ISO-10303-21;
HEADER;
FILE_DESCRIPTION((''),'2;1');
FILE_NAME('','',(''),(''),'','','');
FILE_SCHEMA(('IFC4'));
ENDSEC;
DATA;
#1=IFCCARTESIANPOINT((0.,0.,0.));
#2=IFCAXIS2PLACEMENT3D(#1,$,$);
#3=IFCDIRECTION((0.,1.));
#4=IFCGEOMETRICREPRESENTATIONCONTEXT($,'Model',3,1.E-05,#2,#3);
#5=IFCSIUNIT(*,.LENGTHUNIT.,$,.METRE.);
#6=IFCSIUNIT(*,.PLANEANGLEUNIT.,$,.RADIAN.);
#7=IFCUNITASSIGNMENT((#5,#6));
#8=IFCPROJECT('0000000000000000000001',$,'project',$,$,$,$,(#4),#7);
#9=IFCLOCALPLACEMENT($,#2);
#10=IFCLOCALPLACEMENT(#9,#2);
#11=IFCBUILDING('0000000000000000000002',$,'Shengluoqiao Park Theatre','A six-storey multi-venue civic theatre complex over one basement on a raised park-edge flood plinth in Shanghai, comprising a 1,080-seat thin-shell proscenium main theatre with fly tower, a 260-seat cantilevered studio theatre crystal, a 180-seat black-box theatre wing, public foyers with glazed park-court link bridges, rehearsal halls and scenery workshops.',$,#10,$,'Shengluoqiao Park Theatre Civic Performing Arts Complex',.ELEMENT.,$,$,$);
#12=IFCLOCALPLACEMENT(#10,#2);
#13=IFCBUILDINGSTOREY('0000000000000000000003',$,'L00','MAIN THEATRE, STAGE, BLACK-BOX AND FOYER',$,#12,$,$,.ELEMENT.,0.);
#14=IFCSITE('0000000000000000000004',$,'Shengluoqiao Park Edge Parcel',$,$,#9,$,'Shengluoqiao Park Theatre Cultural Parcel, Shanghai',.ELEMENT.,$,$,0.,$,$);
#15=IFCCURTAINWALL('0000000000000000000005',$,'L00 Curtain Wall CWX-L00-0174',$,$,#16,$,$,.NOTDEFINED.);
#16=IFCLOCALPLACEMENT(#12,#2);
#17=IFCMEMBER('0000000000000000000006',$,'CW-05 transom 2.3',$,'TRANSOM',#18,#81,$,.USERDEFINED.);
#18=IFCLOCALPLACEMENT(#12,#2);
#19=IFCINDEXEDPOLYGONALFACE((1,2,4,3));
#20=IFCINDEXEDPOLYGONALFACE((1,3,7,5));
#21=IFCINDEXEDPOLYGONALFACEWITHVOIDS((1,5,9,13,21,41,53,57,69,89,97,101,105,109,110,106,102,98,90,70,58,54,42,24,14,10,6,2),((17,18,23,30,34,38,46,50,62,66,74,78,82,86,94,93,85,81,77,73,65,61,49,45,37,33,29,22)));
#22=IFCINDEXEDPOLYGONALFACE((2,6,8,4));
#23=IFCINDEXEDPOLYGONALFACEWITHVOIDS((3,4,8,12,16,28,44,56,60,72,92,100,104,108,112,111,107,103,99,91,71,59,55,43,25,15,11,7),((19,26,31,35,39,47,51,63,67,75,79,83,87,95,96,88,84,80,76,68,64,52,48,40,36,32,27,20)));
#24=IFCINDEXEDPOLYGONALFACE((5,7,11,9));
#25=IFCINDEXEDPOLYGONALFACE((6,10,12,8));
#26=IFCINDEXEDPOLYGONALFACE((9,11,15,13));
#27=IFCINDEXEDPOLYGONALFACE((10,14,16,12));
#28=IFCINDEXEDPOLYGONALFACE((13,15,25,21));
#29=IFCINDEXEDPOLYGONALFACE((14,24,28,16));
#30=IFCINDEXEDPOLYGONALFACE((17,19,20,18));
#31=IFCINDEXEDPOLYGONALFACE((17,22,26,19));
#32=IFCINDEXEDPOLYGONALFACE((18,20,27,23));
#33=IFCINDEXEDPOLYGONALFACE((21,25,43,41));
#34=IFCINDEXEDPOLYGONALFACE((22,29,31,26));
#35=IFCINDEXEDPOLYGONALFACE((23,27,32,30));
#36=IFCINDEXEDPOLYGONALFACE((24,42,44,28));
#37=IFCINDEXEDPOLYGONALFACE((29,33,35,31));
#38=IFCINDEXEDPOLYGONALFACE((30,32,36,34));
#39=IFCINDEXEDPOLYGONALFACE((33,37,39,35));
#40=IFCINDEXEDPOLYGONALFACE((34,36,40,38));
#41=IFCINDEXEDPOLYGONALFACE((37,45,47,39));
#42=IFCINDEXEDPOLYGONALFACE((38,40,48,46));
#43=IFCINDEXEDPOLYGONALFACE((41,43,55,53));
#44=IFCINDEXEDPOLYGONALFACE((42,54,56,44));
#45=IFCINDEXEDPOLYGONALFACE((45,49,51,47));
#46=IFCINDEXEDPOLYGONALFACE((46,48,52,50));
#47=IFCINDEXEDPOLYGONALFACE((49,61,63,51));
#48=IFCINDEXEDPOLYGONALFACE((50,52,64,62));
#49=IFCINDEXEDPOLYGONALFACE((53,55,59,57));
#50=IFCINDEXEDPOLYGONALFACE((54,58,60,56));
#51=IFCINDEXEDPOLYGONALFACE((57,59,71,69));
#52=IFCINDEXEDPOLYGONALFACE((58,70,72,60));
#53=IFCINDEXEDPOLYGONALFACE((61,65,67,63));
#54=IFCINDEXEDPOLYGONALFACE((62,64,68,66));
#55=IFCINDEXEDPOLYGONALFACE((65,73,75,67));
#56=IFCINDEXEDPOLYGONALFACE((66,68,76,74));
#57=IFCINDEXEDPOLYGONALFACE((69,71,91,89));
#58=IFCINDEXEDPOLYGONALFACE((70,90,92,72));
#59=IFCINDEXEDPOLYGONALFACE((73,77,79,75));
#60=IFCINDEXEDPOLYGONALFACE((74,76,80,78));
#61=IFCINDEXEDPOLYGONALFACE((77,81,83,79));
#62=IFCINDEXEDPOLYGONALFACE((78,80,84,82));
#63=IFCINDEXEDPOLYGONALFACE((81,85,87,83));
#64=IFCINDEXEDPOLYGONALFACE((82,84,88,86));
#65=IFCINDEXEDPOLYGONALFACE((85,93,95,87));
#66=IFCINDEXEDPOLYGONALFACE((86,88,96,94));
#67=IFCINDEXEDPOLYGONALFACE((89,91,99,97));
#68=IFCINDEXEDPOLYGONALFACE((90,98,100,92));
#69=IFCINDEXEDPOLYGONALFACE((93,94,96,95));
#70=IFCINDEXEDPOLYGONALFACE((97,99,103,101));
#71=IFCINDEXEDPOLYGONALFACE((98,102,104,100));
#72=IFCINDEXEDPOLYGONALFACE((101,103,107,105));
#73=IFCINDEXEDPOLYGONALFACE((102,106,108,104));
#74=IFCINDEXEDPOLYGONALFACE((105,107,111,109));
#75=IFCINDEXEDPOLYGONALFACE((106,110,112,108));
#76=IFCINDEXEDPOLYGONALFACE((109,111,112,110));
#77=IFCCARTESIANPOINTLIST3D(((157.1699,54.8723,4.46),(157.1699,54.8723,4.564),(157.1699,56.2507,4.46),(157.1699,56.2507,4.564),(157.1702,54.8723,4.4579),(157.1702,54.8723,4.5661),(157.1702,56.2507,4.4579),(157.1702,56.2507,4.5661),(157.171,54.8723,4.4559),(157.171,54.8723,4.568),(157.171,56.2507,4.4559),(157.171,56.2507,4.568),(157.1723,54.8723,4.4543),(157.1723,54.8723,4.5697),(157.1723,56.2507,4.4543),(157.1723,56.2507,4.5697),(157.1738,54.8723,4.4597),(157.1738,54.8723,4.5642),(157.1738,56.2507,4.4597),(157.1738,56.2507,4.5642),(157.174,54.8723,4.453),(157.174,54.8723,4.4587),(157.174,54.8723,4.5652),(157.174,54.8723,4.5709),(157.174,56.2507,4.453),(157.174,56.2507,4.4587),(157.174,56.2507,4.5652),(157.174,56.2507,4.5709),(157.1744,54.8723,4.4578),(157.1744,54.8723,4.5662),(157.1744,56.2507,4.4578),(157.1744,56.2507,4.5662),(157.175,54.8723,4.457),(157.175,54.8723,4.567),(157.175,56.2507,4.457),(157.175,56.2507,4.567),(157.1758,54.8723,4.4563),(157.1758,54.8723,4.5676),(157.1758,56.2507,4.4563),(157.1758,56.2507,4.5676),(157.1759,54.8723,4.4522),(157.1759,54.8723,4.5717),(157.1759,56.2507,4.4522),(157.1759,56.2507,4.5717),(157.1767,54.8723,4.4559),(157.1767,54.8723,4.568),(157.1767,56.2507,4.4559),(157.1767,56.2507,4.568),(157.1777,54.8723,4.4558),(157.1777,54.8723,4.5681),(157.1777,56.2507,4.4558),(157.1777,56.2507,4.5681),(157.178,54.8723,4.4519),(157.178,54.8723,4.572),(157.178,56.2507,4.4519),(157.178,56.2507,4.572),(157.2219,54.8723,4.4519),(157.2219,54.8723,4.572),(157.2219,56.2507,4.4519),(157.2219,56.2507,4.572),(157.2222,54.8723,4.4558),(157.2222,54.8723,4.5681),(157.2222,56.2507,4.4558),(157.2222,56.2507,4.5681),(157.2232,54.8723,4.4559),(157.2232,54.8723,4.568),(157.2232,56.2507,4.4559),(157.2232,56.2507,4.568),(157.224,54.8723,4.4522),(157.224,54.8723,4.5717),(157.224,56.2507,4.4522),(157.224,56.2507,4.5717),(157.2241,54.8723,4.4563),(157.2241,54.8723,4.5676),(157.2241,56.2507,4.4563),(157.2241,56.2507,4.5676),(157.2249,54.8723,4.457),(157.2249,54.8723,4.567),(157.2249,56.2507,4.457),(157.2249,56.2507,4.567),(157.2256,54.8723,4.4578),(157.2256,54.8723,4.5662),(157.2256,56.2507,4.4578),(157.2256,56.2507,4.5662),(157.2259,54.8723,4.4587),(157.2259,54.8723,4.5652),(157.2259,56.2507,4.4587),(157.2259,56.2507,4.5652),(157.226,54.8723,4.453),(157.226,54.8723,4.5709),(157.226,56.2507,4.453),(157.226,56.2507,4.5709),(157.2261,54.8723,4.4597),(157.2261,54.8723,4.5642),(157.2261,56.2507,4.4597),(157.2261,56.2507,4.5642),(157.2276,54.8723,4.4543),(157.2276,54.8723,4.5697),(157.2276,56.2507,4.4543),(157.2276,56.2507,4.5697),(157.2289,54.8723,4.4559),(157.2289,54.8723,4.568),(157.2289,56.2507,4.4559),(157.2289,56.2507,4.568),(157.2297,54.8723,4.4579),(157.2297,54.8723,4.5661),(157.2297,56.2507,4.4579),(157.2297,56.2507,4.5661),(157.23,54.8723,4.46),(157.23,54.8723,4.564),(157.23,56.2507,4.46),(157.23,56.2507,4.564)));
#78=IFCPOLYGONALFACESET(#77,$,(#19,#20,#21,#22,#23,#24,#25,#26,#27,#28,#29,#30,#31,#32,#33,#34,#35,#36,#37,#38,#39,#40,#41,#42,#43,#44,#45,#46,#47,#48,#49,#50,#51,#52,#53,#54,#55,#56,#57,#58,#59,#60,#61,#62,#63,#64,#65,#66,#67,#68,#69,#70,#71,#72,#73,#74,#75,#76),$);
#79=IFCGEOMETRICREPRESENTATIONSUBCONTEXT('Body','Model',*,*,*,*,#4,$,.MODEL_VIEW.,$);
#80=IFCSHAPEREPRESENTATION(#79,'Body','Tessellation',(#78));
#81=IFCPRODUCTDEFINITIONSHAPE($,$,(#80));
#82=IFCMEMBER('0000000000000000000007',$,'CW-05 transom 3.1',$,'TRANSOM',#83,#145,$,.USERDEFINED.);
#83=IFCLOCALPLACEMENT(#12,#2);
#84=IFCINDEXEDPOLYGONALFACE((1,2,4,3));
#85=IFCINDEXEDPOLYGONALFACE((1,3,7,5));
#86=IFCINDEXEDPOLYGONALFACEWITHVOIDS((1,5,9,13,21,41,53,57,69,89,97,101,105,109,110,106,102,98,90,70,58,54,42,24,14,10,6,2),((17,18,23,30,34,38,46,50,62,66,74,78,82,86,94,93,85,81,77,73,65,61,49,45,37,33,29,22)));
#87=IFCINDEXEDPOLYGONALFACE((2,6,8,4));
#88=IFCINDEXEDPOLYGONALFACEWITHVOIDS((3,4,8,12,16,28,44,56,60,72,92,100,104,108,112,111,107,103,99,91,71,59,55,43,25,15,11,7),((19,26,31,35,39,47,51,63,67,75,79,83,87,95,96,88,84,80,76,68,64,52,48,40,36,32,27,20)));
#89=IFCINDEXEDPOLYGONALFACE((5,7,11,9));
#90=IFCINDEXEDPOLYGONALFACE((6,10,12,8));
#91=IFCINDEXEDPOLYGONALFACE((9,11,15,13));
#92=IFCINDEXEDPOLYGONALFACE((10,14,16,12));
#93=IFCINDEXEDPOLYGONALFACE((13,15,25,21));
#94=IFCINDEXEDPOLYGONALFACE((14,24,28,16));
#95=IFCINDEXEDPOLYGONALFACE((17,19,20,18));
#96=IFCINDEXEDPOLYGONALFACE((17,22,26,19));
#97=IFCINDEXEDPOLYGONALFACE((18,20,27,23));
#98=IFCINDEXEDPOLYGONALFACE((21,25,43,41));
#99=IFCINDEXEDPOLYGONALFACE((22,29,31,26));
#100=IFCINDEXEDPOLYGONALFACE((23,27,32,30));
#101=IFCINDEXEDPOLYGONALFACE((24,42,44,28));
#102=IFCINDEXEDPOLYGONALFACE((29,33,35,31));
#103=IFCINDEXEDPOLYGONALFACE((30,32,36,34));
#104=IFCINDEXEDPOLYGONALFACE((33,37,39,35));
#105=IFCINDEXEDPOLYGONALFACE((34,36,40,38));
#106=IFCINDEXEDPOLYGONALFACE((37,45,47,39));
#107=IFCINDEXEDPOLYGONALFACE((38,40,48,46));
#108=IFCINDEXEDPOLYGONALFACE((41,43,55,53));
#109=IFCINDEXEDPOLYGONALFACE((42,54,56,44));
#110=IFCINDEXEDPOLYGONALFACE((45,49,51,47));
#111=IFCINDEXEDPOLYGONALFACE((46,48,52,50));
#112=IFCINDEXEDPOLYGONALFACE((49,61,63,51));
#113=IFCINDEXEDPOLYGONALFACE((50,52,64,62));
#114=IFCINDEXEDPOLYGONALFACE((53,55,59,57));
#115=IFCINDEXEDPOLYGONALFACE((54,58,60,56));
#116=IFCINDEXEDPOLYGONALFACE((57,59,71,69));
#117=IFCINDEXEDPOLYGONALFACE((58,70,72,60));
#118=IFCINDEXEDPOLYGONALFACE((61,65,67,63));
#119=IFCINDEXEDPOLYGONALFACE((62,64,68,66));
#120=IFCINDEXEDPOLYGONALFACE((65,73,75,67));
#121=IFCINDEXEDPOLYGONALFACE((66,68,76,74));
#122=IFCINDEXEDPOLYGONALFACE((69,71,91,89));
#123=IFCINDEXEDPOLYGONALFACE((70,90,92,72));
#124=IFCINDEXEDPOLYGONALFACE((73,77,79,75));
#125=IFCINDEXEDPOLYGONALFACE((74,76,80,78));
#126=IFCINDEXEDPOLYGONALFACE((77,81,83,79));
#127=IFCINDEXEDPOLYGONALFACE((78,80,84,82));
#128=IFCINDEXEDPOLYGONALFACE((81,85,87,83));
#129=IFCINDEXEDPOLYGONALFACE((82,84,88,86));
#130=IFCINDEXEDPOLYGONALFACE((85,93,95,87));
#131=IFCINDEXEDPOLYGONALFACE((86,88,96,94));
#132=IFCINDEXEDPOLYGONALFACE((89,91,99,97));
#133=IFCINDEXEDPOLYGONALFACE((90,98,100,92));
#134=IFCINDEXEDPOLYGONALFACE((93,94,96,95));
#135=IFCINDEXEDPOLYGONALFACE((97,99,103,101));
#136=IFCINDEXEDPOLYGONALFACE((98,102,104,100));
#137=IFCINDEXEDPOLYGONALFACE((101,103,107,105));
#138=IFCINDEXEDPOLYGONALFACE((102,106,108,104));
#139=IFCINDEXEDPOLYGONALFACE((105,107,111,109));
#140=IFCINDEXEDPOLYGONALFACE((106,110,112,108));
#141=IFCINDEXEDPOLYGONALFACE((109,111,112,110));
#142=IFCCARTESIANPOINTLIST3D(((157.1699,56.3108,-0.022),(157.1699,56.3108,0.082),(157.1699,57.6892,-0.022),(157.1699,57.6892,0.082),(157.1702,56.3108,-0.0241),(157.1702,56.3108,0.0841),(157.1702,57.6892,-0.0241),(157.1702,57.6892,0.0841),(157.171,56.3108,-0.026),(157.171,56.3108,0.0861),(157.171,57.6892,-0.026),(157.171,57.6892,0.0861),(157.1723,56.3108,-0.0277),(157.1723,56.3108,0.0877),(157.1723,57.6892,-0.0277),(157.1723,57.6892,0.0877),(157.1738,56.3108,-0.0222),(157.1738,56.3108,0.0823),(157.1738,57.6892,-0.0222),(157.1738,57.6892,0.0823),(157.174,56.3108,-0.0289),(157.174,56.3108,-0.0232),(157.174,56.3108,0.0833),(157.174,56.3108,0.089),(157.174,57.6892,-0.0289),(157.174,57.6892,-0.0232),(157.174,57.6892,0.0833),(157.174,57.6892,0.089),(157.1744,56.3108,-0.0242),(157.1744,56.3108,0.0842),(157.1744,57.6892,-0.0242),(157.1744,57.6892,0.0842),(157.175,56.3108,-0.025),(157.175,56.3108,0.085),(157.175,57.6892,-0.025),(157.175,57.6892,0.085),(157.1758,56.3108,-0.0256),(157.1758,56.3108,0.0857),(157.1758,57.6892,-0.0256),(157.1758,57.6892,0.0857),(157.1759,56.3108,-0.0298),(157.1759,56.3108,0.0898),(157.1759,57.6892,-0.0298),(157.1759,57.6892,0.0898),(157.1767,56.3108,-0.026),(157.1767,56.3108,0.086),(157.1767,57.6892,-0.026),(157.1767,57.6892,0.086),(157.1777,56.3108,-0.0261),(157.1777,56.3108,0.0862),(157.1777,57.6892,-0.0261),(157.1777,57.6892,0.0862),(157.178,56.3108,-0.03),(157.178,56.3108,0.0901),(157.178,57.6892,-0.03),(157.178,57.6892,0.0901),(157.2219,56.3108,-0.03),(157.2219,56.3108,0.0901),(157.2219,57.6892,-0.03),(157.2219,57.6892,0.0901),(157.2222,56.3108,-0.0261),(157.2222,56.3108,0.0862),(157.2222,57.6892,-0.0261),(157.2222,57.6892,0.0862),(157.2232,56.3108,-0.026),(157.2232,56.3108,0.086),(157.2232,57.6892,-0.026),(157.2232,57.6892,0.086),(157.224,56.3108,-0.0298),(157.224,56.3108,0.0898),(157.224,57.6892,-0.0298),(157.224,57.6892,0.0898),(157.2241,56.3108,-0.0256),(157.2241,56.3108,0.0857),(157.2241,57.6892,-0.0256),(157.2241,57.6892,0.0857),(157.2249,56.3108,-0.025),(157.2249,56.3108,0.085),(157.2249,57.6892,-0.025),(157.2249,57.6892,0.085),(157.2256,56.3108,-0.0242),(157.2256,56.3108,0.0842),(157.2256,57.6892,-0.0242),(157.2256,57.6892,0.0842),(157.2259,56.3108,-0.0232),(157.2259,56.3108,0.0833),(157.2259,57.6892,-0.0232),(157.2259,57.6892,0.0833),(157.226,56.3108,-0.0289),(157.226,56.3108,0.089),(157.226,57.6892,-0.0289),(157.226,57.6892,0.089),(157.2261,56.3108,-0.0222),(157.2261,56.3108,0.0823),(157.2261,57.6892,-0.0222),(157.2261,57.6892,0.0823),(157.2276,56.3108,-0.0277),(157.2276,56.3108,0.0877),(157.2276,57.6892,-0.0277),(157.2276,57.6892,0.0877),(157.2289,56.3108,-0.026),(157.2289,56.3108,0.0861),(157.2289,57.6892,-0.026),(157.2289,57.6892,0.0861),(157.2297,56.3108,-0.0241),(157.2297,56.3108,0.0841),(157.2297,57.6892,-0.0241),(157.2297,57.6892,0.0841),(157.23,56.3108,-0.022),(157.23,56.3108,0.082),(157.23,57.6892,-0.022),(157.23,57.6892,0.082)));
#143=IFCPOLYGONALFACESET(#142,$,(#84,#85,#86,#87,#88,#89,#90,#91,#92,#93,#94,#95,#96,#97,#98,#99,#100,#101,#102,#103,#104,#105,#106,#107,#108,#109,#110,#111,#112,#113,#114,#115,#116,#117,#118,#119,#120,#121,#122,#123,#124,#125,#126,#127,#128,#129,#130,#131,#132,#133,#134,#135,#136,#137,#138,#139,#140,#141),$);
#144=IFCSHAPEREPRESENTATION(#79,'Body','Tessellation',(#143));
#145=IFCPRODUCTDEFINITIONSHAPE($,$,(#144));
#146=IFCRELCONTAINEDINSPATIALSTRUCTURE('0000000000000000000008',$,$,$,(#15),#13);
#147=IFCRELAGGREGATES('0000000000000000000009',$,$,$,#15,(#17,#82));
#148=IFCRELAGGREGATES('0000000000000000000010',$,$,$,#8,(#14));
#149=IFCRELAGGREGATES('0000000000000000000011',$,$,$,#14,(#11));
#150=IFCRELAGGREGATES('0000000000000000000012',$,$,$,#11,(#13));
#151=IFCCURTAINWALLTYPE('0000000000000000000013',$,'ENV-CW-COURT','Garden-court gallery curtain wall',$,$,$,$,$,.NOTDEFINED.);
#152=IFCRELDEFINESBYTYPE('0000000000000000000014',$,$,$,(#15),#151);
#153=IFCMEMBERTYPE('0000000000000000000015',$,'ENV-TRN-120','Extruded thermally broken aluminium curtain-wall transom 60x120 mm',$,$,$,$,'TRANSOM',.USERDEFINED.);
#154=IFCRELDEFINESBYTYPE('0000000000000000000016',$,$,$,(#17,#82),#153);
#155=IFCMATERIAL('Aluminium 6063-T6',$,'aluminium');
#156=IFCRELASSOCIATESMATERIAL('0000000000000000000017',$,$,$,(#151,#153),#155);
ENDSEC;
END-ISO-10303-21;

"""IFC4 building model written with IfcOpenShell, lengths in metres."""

from ifc_helpers import new_model, si_unit, direction, frame, origin, origin_2d, place, context, subcontext, project, spatial, hollow_rectangle, extrude, material, material_profile, profile_set, type_object, element, aggregate, save


model = new_model("IFC4")

# Units and contexts
model_context = context("Model", 3, precision=1e-05, world=origin(), true_north=direction((0.0, 1.0)))
body_context = subcontext(model_context, "Body", "Model", "MODEL_VIEW")
ifc_project = project(units=[si_unit("LENGTHUNIT", "METRE"), si_unit("PLANEANGLEUNIT", "RADIAN")], contexts=[model_context])

# Site, building, storey
site_placement = place(None, origin())
site = spatial("IfcSite", under=ifc_project, at=site_placement, Name="Shengluoqiao Park Edge Parcel", LongName="Shengluoqiao Park Theatre Cultural Parcel, Shanghai", CompositionType="ELEMENT", RefElevation=0.0)
building_placement = place(site_placement, origin())
building = spatial("IfcBuilding", under=site, at=building_placement, Name="Shengluoqiao Park Theatre", Description="A six-storey multi-venue civic theatre complex over one basement on a raised park-edge flood plinth in Shanghai, comprising a 1,080-seat thin-shell proscenium main theatre with fly tower, a 260-seat cantilevered studio theatre crystal, a 180-seat black-box theatre wing, public foyers with glazed park-court link bridges, rehearsal halls and scenery workshops.", LongName="Shengluoqiao Park Theatre Civic Performing Arts Complex", CompositionType="ELEMENT")
storey_placement = place(building_placement, origin())
storey = spatial("IfcBuildingStorey", under=building, at=storey_placement, Name="L00", Description="MAIN THEATRE, STAGE, BLACK-BOX AND FOYER", CompositionType="ELEMENT", Elevation=0.0)

# Curtain wall, members
ifc_material_1 = material(Name="Aluminium 6063-T6", Category="aluminium")
curtain_wall_type = type_object("IfcCurtainWallType", Name="ENV-CW-COURT", Description="Garden-court gallery curtain wall", PredefinedType="NOTDEFINED", material=ifc_material_1)
curtain_wall_placement = place(storey_placement, origin())
curtain_wall = element("IfcCurtainWall", 1, at=curtain_wall_placement, inside=storey, type_object=curtain_wall_type, Name="L00 Curtain Wall CWX-L00-0174", PredefinedType="NOTDEFINED")
ifc_material_profile_1 = material_profile(ifc_material_1, hollow_rectangle(XDim=0.0601, YDim=0.1201, WallThickness=0.0039, InnerFilletRadius=0.0039, OuterFilletRadius=0.0081, at=origin_2d()), Name="ALU TRANSOM 120x60x4")
ifc_profile_set_1 = profile_set([ifc_material_profile_1], Name="Aluminium 6063-T6")
member_type_1 = type_object("IfcMemberType", Name="ENV-TRN-120", Description="Extruded thermally broken aluminium curtain-wall transom 60x120 mm", ElementType="TRANSOM", PredefinedType="USERDEFINED", material=ifc_profile_set_1)
member_1_placement = place(storey_placement, frame((157.2, 54.8723, 4.512), z_axis=(0.0, 1.0, 0.0), x_axis=(-1.0, 0.0, 0.0)))
member_1 = element("IfcMember", 2, at=member_1_placement, type_object=member_type_1, Name="CW-05 transom 2.3", ObjectType="TRANSOM", PredefinedType="USERDEFINED", context=body_context, shape_type="SweptSolid", body=[
    extrude(hollow_rectangle(XDim=0.0601, YDim=0.1201, WallThickness=0.0039, InnerFilletRadius=0.0039, OuterFilletRadius=0.0081, at=origin_2d()), origin(), (0.0, 0.0, 1.0), 1.3784),
])
member_2_placement = place(storey_placement, frame((157.2, 56.3108, 0.03), z_axis=(0.0, 1.0, 0.0), x_axis=(-1.0, 0.0, 0.0)))
member_2 = element("IfcMember", 3, at=member_2_placement, type_object=member_type_1, Name="CW-05 transom 3.1", ObjectType="TRANSOM", PredefinedType="USERDEFINED", context=body_context, shape_type="SweptSolid", body=[
    extrude(hollow_rectangle(XDim=0.0601, YDim=0.1201, WallThickness=0.0039, InnerFilletRadius=0.0039, OuterFilletRadius=0.0081, at=origin_2d()), origin(), (0.0, 0.0, 1.0), 1.3784),
])
aggregate(curtain_wall, [member_1, member_2])

save(model, "model.ifc")
